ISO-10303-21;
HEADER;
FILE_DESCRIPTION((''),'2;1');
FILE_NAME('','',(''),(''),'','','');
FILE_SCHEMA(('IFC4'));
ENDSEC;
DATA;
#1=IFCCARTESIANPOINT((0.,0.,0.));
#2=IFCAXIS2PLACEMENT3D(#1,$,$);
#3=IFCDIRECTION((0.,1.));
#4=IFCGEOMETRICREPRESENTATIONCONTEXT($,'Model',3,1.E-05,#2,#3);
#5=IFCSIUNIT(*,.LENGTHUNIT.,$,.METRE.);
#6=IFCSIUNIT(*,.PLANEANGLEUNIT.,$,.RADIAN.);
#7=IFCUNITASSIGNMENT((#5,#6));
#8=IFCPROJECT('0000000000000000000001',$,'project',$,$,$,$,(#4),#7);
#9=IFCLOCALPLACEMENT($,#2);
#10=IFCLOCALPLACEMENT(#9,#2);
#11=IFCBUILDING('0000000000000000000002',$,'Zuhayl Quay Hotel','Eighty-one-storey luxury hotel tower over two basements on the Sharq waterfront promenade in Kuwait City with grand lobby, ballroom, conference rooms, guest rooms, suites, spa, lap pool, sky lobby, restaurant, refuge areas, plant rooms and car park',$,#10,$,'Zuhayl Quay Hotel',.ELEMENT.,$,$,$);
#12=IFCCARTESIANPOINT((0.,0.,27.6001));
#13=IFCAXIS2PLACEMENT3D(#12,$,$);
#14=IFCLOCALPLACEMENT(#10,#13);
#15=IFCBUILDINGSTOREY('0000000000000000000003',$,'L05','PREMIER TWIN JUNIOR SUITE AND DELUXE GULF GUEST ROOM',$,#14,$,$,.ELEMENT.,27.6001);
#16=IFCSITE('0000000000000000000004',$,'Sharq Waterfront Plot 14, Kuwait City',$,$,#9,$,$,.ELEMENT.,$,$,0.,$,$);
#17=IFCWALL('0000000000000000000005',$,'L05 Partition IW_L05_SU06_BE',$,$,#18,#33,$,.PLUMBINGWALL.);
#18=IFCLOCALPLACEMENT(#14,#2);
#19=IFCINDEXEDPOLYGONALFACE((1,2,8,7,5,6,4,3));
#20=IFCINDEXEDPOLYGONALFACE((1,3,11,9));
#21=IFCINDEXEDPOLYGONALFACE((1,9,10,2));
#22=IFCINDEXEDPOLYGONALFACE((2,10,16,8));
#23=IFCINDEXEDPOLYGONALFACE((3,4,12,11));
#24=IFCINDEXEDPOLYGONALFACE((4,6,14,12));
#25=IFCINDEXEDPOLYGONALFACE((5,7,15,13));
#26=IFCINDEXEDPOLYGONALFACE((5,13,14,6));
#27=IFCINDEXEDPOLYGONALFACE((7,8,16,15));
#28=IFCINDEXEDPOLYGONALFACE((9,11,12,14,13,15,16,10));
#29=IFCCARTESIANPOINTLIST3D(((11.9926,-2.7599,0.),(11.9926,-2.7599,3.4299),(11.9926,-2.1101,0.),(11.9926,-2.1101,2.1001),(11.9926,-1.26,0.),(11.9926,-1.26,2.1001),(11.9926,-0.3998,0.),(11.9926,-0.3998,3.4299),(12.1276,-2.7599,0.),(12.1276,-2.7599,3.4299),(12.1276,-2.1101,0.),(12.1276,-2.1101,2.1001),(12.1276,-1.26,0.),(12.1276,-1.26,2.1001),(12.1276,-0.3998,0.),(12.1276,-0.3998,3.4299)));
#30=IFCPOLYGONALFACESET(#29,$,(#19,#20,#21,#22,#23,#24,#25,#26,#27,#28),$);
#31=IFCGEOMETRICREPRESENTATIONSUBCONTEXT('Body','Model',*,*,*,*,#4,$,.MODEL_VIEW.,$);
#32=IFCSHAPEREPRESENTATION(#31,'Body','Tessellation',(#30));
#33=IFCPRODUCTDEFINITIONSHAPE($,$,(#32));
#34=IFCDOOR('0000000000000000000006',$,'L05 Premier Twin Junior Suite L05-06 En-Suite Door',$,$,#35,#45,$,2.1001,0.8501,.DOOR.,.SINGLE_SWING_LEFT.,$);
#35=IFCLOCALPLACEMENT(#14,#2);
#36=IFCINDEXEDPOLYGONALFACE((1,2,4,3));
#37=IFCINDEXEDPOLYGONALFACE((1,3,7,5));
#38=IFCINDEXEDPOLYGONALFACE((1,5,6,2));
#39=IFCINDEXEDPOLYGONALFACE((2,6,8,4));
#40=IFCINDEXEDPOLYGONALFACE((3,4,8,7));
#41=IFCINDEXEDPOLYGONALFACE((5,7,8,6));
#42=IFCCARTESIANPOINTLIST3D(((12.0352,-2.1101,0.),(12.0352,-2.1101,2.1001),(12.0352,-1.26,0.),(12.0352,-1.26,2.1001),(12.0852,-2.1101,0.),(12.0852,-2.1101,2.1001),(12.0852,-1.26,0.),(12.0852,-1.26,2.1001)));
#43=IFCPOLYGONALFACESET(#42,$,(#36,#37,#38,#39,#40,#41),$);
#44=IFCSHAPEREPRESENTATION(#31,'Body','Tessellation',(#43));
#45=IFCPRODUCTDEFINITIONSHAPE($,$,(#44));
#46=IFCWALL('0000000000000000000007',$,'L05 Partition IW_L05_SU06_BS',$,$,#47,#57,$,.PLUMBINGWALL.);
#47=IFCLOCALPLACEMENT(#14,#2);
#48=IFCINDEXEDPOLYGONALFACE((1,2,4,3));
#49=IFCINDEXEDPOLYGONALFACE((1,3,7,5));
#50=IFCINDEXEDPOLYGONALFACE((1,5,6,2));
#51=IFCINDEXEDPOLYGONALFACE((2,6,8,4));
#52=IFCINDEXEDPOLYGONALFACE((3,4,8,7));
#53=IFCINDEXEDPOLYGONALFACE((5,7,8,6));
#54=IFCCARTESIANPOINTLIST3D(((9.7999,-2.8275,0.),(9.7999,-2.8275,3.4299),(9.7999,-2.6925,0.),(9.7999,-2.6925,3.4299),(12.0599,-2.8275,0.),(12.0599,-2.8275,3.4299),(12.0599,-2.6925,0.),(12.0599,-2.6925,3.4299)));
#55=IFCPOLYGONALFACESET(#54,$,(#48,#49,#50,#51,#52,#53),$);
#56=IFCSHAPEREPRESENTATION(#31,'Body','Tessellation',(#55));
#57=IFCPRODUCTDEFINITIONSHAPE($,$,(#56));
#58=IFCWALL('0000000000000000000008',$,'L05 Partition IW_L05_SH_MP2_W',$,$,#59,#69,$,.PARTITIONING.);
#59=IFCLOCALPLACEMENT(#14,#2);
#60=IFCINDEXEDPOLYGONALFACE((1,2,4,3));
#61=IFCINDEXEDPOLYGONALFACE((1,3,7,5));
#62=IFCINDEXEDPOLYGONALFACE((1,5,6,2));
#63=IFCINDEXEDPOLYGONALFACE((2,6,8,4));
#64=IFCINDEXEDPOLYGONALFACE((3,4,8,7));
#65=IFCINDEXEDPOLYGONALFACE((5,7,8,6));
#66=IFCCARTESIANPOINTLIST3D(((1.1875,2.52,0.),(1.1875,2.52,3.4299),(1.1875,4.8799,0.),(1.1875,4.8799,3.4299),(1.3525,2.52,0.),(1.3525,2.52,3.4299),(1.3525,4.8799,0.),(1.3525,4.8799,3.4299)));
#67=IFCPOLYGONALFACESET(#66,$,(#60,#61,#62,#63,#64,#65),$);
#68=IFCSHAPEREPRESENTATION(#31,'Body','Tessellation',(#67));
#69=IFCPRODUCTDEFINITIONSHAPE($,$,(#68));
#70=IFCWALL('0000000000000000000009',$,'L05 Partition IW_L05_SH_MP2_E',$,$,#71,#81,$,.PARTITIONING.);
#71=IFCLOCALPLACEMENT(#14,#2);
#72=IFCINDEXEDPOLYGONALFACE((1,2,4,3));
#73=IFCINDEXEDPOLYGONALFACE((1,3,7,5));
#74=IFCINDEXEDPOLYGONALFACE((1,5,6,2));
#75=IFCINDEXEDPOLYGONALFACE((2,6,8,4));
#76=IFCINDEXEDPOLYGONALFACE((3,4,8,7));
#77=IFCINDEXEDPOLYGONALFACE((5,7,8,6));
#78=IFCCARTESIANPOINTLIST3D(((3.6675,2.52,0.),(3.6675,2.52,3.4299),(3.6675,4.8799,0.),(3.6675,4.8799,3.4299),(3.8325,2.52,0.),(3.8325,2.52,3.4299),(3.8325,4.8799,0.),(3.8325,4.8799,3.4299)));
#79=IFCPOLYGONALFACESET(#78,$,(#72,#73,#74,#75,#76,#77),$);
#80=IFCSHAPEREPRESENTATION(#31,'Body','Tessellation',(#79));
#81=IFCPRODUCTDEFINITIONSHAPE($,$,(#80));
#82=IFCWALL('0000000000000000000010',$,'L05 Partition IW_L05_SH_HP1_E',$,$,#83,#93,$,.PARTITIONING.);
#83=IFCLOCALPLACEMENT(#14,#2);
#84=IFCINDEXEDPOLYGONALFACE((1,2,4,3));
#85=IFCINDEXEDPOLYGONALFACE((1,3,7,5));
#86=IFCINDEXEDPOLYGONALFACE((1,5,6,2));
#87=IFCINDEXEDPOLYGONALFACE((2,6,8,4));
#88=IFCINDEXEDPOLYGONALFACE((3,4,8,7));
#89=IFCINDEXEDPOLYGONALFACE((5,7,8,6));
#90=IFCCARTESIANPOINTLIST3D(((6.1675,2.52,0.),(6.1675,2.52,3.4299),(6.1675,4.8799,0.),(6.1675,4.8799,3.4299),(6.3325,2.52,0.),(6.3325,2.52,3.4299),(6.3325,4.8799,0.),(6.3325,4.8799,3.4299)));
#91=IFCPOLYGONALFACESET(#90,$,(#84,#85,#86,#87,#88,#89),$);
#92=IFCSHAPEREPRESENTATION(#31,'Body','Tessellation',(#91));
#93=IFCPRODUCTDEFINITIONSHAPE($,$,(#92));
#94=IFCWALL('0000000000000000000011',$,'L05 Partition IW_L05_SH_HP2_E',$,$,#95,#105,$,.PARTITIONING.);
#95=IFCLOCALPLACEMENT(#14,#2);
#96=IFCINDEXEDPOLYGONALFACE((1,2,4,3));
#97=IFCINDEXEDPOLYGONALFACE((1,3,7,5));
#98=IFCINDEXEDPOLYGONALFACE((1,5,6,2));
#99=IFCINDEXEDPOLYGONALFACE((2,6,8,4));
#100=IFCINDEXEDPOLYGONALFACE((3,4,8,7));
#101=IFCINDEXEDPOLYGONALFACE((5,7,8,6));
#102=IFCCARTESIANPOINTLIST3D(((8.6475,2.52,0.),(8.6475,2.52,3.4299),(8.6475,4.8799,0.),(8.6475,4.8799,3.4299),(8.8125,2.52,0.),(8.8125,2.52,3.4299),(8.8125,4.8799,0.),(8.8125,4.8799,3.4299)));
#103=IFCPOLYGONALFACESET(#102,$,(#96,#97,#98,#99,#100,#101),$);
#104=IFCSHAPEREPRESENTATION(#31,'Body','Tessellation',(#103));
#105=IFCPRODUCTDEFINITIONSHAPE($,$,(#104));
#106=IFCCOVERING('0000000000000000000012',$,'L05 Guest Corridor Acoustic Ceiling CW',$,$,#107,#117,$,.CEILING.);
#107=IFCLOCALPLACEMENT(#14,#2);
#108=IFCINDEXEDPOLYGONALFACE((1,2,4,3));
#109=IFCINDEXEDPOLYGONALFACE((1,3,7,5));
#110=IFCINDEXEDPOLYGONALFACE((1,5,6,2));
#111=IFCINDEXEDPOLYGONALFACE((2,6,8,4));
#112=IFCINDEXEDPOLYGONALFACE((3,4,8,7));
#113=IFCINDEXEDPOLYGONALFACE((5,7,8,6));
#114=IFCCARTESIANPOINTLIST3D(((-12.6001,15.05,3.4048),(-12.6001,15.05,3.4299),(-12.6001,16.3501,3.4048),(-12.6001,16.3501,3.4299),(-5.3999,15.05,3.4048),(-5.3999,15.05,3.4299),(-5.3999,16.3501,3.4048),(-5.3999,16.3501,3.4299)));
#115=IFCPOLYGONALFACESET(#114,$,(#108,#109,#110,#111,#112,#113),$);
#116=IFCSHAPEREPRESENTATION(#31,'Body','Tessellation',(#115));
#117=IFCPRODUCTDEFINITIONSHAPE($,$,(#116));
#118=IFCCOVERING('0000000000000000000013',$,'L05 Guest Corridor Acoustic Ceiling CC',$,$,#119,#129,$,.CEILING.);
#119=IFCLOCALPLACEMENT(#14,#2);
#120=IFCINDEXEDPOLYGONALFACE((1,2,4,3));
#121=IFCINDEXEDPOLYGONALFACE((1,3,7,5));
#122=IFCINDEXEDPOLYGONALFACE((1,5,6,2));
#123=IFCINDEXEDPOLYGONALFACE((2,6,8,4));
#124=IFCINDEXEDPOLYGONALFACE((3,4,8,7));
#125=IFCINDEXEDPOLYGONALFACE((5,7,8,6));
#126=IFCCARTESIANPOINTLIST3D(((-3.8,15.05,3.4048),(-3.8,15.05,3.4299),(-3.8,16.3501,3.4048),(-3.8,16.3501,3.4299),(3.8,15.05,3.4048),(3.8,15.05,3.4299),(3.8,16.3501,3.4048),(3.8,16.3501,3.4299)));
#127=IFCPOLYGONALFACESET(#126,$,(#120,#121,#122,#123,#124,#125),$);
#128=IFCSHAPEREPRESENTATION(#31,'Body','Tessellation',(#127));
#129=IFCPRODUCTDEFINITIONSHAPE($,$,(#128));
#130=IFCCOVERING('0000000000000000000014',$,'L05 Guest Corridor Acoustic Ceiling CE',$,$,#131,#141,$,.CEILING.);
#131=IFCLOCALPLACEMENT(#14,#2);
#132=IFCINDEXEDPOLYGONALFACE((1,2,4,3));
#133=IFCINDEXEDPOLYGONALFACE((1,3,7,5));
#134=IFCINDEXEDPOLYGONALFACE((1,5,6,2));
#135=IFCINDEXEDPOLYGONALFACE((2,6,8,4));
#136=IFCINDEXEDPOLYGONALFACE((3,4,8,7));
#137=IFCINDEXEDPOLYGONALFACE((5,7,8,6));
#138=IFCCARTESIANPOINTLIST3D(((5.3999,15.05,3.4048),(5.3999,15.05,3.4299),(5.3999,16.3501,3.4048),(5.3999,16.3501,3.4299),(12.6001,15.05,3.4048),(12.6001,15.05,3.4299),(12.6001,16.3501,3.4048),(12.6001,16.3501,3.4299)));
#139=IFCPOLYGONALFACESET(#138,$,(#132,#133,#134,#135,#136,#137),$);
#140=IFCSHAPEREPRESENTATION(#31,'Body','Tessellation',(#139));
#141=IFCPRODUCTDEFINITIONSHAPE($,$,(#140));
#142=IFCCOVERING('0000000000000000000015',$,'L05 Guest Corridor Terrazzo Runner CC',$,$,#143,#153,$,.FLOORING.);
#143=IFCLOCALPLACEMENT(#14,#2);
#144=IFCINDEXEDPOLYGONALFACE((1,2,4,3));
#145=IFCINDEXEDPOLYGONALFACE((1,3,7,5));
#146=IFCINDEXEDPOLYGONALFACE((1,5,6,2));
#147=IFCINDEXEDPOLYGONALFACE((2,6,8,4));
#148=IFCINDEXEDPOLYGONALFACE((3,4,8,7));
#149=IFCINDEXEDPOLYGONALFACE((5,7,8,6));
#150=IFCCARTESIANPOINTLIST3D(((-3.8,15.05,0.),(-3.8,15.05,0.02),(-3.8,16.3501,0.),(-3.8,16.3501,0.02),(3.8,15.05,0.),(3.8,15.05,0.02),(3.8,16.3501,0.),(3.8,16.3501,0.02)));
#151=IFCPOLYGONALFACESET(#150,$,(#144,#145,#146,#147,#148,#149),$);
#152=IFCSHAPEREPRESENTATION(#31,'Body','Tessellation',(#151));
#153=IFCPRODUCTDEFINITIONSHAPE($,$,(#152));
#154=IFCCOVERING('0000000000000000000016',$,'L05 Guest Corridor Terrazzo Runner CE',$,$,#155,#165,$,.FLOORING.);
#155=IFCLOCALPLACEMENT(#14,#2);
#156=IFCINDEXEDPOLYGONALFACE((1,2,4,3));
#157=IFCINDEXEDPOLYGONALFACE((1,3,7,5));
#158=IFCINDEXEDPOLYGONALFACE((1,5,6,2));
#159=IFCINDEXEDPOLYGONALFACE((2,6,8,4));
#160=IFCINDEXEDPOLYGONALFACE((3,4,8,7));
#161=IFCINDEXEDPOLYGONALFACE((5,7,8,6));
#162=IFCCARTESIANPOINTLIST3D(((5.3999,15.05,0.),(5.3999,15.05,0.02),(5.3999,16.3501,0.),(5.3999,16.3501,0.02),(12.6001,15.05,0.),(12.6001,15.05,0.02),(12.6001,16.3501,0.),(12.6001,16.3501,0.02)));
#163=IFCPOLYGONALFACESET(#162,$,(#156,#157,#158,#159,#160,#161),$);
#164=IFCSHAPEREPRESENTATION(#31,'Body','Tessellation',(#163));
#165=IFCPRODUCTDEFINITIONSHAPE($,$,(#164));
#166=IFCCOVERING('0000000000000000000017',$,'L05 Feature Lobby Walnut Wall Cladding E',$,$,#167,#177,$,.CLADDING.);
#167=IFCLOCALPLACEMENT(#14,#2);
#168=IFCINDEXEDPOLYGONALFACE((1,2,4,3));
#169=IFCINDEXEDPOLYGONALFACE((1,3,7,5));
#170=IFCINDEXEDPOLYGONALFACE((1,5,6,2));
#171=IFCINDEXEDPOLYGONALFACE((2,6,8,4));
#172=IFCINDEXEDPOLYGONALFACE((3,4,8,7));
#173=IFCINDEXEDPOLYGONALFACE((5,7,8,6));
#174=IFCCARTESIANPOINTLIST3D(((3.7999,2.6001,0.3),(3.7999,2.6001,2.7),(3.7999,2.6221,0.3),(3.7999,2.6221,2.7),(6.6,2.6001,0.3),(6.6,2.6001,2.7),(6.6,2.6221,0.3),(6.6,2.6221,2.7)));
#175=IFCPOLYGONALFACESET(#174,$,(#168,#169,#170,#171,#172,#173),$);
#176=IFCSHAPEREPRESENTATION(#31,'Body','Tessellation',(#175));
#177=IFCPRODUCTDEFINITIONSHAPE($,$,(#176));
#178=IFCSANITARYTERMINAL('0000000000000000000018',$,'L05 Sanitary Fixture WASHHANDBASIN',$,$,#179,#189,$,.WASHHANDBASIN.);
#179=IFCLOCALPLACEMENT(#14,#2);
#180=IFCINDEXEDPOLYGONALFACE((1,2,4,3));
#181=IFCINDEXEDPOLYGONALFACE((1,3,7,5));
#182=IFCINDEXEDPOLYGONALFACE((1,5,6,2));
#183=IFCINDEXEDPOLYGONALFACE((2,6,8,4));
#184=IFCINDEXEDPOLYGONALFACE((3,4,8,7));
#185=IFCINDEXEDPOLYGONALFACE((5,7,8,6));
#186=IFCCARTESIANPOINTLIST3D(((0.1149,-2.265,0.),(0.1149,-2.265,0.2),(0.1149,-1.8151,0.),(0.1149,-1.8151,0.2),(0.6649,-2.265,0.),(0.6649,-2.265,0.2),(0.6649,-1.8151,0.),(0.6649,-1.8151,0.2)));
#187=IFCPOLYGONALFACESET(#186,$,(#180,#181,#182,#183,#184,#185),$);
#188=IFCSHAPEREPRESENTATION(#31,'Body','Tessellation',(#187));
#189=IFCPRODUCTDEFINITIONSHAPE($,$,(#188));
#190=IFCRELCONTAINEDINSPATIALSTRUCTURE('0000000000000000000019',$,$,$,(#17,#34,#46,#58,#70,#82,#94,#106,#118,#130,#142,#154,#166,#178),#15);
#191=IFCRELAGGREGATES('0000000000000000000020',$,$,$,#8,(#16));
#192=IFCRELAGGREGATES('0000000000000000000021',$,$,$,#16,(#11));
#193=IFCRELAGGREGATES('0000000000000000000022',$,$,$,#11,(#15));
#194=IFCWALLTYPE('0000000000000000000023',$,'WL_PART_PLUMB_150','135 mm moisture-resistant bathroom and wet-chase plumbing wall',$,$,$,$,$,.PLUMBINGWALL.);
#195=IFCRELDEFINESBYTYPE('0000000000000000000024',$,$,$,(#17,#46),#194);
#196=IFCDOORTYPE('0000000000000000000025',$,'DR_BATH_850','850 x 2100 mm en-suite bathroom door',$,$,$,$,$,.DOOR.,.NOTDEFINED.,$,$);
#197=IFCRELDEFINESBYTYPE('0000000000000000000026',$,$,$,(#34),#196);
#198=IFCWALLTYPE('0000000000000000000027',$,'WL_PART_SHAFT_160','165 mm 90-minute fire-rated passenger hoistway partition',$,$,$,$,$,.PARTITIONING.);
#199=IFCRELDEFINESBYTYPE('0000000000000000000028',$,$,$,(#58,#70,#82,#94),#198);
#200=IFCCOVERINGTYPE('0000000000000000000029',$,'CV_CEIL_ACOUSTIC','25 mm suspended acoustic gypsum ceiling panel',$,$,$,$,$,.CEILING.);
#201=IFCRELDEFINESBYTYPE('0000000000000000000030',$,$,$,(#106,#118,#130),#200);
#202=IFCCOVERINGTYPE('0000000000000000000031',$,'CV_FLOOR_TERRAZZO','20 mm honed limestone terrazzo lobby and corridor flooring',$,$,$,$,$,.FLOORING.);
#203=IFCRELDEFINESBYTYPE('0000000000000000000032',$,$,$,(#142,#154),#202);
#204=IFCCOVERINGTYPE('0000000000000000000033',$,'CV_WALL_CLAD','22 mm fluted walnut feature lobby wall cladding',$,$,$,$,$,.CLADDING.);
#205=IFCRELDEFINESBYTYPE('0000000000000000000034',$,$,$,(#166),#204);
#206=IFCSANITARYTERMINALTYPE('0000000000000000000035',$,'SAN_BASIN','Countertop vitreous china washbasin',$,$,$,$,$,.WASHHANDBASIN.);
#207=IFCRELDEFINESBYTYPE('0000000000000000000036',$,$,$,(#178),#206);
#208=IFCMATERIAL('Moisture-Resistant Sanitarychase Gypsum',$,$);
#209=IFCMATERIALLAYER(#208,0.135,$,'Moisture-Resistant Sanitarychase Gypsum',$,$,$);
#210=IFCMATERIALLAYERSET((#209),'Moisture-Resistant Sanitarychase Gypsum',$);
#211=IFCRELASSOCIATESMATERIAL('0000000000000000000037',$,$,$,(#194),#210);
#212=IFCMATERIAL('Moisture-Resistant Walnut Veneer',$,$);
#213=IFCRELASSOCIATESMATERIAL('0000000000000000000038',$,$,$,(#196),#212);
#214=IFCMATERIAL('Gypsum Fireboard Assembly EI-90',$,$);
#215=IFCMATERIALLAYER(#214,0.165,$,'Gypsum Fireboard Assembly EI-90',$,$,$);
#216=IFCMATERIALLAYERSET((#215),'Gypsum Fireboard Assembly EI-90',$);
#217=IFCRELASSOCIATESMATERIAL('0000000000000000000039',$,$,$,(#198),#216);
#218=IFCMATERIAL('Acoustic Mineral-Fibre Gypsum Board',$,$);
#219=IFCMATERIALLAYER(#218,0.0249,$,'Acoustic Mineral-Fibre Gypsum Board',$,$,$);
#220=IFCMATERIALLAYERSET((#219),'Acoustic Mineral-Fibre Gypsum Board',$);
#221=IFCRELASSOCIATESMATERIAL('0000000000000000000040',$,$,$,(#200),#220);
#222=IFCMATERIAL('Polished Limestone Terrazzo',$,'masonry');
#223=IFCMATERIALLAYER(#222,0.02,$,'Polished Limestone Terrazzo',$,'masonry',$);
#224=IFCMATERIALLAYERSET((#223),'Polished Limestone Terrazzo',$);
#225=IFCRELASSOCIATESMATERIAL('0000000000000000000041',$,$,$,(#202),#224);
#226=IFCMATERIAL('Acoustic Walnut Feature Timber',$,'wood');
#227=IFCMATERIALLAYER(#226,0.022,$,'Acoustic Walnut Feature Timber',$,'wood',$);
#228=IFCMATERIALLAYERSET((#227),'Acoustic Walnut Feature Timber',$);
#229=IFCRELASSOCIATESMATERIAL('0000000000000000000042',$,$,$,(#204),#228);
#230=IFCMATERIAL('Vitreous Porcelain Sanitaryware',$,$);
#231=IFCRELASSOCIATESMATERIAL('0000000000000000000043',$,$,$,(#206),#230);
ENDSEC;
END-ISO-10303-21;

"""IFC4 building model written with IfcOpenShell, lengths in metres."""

from ifc_helpers import new_model, si_unit, direction, frame, frame_2d, origin, origin_2d, place, context, subcontext, project, spatial, polyline, rectangle, outline, extrude, material, layer, layer_set, type_object, element, fill, save


model = new_model("IFC4")

# Units and contexts
model_context = context("Model", 3, precision=1e-05, world=origin(), true_north=direction((0.0, 1.0)))
body_context = subcontext(model_context, "Body", "Model", "MODEL_VIEW")
ifc_project = project(units=[si_unit("LENGTHUNIT", "METRE"), si_unit("PLANEANGLEUNIT", "RADIAN")], contexts=[model_context])

# Site, building, storey
site_placement = place(None, origin())
site = spatial("IfcSite", under=ifc_project, at=site_placement, Name="Sharq Waterfront Plot 14, Kuwait City", CompositionType="ELEMENT", RefElevation=0.0)
building_placement = place(site_placement, origin())
building = spatial("IfcBuilding", under=site, at=building_placement, Name="Zuhayl Quay Hotel", Description="Eighty-one-storey luxury hotel tower over two basements on the Sharq waterfront promenade in Kuwait City with grand lobby, ballroom, conference rooms, guest rooms, suites, spa, lap pool, sky lobby, restaurant, refuge areas, plant rooms and car park", LongName="Zuhayl Quay Hotel", CompositionType="ELEMENT")
storey_placement = place(building_placement, frame((0.0, 0.0, 27.6001)))
storey = spatial("IfcBuildingStorey", under=building, at=storey_placement, Name="L05", Description="PREMIER TWIN JUNIOR SUITE AND DELUXE GULF GUEST ROOM", CompositionType="ELEMENT", Elevation=27.6001)

# Wall, opening, door
ifc_material_1 = material(Name="Moisture-Resistant Sanitarychase Gypsum")
ifc_layer_1 = layer(ifc_material_1, 0.135, Name="Moisture-Resistant Sanitarychase Gypsum")
ifc_layer_set_1 = layer_set([ifc_layer_1], Name="Moisture-Resistant Sanitarychase Gypsum")
wall_type_1 = type_object("IfcWallType", Name="WL_PART_PLUMB_150", Description="135 mm moisture-resistant bathroom and wet-chase plumbing wall", PredefinedType="PLUMBINGWALL", material=ifc_layer_set_1)
ifc_material_2 = material(Name="Moisture-Resistant Walnut Veneer")
door_type_1 = type_object("IfcDoorType", Name="DR_BATH_850", Description="850 x 2100 mm en-suite bathroom door", OperationType="NOTDEFINED", PredefinedType="DOOR", material=ifc_material_2)
wall_1_placement = place(storey_placement, frame((12.0601, -2.76, 0.0), z_axis=(0.0, 0.0, 1.0), x_axis=(0.0, 1.0, 0.0)))
wall_1 = element("IfcWall", 1, at=wall_1_placement, inside=storey, type_object=wall_type_1, Name="L05 Partition IW_L05_SU06_BE", PredefinedType="PLUMBINGWALL", context=body_context, shape_type="SweptSolid", body=[
    extrude(rectangle(XDim=2.3601, YDim=0.135, at=frame_2d((1.1802, 0.0))), origin(), (0.0, 0.0, 1.0), 3.4299),
])
opening_1_placement = place(wall_1_placement, frame((0.6499, 0.0, 0.0)))
opening_1 = element("IfcOpeningElement", 2, at=opening_1_placement, cuts=wall_1, PredefinedType="OPENING", context=body_context, shape_type="SweptSolid", body=[
    extrude(rectangle(XDim=0.8501, YDim=2.1001, at=frame_2d((0.425, 1.05))), frame((0.0, 0.0774, 0.0), z_axis=(0.0, -1.0, 0.0), x_axis=(1.0, 0.0, 0.0)), (0.0, 0.0, 1.0), 0.155),
])
door_1_placement = place(opening_1_placement, origin())
door_1 = element("IfcDoor", 3, at=door_1_placement, inside=storey, type_object=door_type_1, Name="L05 Premier Twin Junior Suite L05-06 En-Suite Door", OperationType="SINGLE_SWING_LEFT", OverallHeight=2.1001, OverallWidth=0.8501, PredefinedType="DOOR", context=body_context, shape_type="SweptSolid", body=[
    extrude(rectangle(XDim=0.8501, YDim=2.1001, at=frame_2d((0.425, 1.05))), frame((0.0, 0.0249, 0.0), z_axis=(0.0, -1.0, 0.0), x_axis=(1.0, 0.0, 0.0)), (0.0, 0.0, 1.0), 0.05),
])
fill(opening_1, door_1)

# Walls
wall_2_placement = place(storey_placement, frame((9.8, -2.76, 0.0), z_axis=(0.0, 0.0, 1.0), x_axis=(1.0, 0.0, 0.0)))
element("IfcWall", 4, at=wall_2_placement, inside=storey, type_object=wall_type_1, Name="L05 Partition IW_L05_SU06_BS", PredefinedType="PLUMBINGWALL", context=body_context, shape_type="SweptSolid", body=[
    extrude(rectangle(XDim=2.26, YDim=0.135, at=frame_2d((1.1299, 0.0))), origin(), (0.0, 0.0, 1.0), 3.4299),
])
ifc_material_3 = material(Name="Gypsum Fireboard Assembly EI-90")
ifc_layer_2 = layer(ifc_material_3, 0.165, Name="Gypsum Fireboard Assembly EI-90")
ifc_layer_set_2 = layer_set([ifc_layer_2], Name="Gypsum Fireboard Assembly EI-90")
wall_type_2 = type_object("IfcWallType", Name="WL_PART_SHAFT_160", Description="165 mm 90-minute fire-rated passenger hoistway partition", PredefinedType="PARTITIONING", material=ifc_layer_set_2)
for number, where, z_axis, x_axis, name in (
    (5, (1.27, 2.52, 0.0), (0.0, 0.0, 1.0), (0.0, 1.0, 0.0), "L05 Partition IW_L05_SH_MP2_W"),
    (6, (3.75, 2.52, 0.0), (0.0, 0.0, 1.0), (0.0, 1.0, 0.0), "L05 Partition IW_L05_SH_MP2_E"),
    (7, (6.25, 2.52, 0.0), (0.0, 0.0, 1.0), (0.0, 1.0, 0.0), "L05 Partition IW_L05_SH_HP1_E"),
    (8, (8.73, 2.52, 0.0), (0.0, 0.0, 1.0), (0.0, 1.0, 0.0), "L05 Partition IW_L05_SH_HP2_E"),
):
    element("IfcWall", number, at=place(storey_placement, frame(where, z_axis=z_axis, x_axis=x_axis)), inside=storey, type_object=wall_type_2, Name=name, PredefinedType="PARTITIONING", context=body_context, shape_type="SweptSolid", body=[
        extrude(rectangle(XDim=2.3599, YDim=0.165, at=frame_2d((1.1799, 0.0))), origin(), (0.0, 0.0, 1.0), 3.4299),
    ])

# Coverings
ifc_material_4 = material(Name="Acoustic Mineral-Fibre Gypsum Board")
ifc_layer_3 = layer(ifc_material_4, 0.0249, Name="Acoustic Mineral-Fibre Gypsum Board")
ifc_layer_set_3 = layer_set([ifc_layer_3], Name="Acoustic Mineral-Fibre Gypsum Board")
covering_type_1 = type_object("IfcCoveringType", Name="CV_CEIL_ACOUSTIC", Description="25 mm suspended acoustic gypsum ceiling panel", PredefinedType="CEILING", material=ifc_layer_set_3)
covering_1_placement = place(storey_placement, frame((0.0, 0.0, 3.4048)))
element("IfcCovering", 9, at=covering_1_placement, inside=storey, type_object=covering_type_1, Name="L05 Guest Corridor Acoustic Ceiling CW", PredefinedType="CEILING", context=body_context, shape_type="SweptSolid", body=[
    extrude(outline(polyline([(-12.6001, 15.05), (-5.3999, 15.05), (-5.3999, 16.3501), (-12.6001, 16.3501), (-12.6001, 15.05)])), origin(), (0.0, 0.0, 1.0), 0.0251),
])
covering_2_placement = place(storey_placement, frame((0.0, 0.0, 3.4048)))
element("IfcCovering", 10, at=covering_2_placement, inside=storey, type_object=covering_type_1, Name="L05 Guest Corridor Acoustic Ceiling CC", PredefinedType="CEILING", context=body_context, shape_type="SweptSolid", body=[
    extrude(outline(polyline([(-3.8, 15.05), (3.8, 15.05), (3.8, 16.3501), (-3.8, 16.3501), (-3.8, 15.05)])), origin(), (0.0, 0.0, 1.0), 0.0251),
])
covering_3_placement = place(storey_placement, frame((0.0, 0.0, 3.4048)))
element("IfcCovering", 11, at=covering_3_placement, inside=storey, type_object=covering_type_1, Name="L05 Guest Corridor Acoustic Ceiling CE", PredefinedType="CEILING", context=body_context, shape_type="SweptSolid", body=[
    extrude(outline(polyline([(5.3999, 15.05), (12.6001, 15.05), (12.6001, 16.3501), (5.3999, 16.3501), (5.3999, 15.05)])), origin(), (0.0, 0.0, 1.0), 0.0251),
])
ifc_material_5 = material(Name="Polished Limestone Terrazzo", Category="masonry")
ifc_layer_4 = layer(ifc_material_5, 0.02, Name="Polished Limestone Terrazzo", Category="masonry")
ifc_layer_set_4 = layer_set([ifc_layer_4], Name="Polished Limestone Terrazzo")
covering_type_2 = type_object("IfcCoveringType", Name="CV_FLOOR_TERRAZZO", Description="20 mm honed limestone terrazzo lobby and corridor flooring", PredefinedType="FLOORING", material=ifc_layer_set_4)
covering_4_placement = place(storey_placement, origin())
element("IfcCovering", 12, at=covering_4_placement, inside=storey, type_object=covering_type_2, Name="L05 Guest Corridor Terrazzo Runner CC", PredefinedType="FLOORING", context=body_context, shape_type="SweptSolid", body=[
    extrude(outline(polyline([(-3.8, 15.05), (3.8, 15.05), (3.8, 16.3501), (-3.8, 16.3501), (-3.8, 15.05)])), origin(), (0.0, 0.0, 1.0), 0.02),
])
covering_5_placement = place(storey_placement, origin())
element("IfcCovering", 13, at=covering_5_placement, inside=storey, type_object=covering_type_2, Name="L05 Guest Corridor Terrazzo Runner CE", PredefinedType="FLOORING", context=body_context, shape_type="SweptSolid", body=[
    extrude(outline(polyline([(5.3999, 15.05), (12.6001, 15.05), (12.6001, 16.3501), (5.3999, 16.3501), (5.3999, 15.05)])), origin(), (0.0, 0.0, 1.0), 0.02),
])
ifc_material_6 = material(Name="Acoustic Walnut Feature Timber", Category="wood")
ifc_layer_5 = layer(ifc_material_6, 0.022, Name="Acoustic Walnut Feature Timber", Category="wood")
ifc_layer_set_5 = layer_set([ifc_layer_5], Name="Acoustic Walnut Feature Timber")
covering_type_3 = type_object("IfcCoveringType", Name="CV_WALL_CLAD", Description="22 mm fluted walnut feature lobby wall cladding", PredefinedType="CLADDING", material=ifc_layer_set_5)
covering_6_placement = place(storey_placement, frame((5.2, 2.6111, 0.3), z_axis=(0.0, 0.0, 1.0), x_axis=(1.0, 0.0, 0.0)))
element("IfcCovering", 14, at=covering_6_placement, inside=storey, type_object=covering_type_3, Name="L05 Feature Lobby Walnut Wall Cladding E", PredefinedType="CLADDING", context=body_context, shape_type="SweptSolid", body=[
    extrude(rectangle(XDim=2.8, YDim=0.022, at=origin_2d()), origin(), (0.0, 0.0, 1.0), 2.3999),
])

# Sanitary terminal
ifc_material_7 = material(Name="Vitreous Porcelain Sanitaryware")
sanitary_terminal_type_1 = type_object("IfcSanitaryTerminalType", Name="SAN_BASIN", Description="Countertop vitreous china washbasin", PredefinedType="WASHHANDBASIN", material=ifc_material_7)
for number, where, z_axis, x_axis, name in (
    (15, (0.3899, -2.04, 0.0), (0.0, 0.0, 1.0), (1.0, 0.0, 0.0), "L05 Sanitary Fixture WASHHANDBASIN"),
):
    element("IfcSanitaryTerminal", number, at=place(storey_placement, frame(where, z_axis=z_axis, x_axis=x_axis)), inside=storey, type_object=sanitary_terminal_type_1, Name=name, PredefinedType="WASHHANDBASIN", context=body_context, shape_type="SweptSolid", body=[
        extrude(rectangle(XDim=0.55, YDim=0.45, at=origin_2d()), origin(), (0.0, 0.0, 1.0), 0.2),
    ])

save(model, "model.ifc")
